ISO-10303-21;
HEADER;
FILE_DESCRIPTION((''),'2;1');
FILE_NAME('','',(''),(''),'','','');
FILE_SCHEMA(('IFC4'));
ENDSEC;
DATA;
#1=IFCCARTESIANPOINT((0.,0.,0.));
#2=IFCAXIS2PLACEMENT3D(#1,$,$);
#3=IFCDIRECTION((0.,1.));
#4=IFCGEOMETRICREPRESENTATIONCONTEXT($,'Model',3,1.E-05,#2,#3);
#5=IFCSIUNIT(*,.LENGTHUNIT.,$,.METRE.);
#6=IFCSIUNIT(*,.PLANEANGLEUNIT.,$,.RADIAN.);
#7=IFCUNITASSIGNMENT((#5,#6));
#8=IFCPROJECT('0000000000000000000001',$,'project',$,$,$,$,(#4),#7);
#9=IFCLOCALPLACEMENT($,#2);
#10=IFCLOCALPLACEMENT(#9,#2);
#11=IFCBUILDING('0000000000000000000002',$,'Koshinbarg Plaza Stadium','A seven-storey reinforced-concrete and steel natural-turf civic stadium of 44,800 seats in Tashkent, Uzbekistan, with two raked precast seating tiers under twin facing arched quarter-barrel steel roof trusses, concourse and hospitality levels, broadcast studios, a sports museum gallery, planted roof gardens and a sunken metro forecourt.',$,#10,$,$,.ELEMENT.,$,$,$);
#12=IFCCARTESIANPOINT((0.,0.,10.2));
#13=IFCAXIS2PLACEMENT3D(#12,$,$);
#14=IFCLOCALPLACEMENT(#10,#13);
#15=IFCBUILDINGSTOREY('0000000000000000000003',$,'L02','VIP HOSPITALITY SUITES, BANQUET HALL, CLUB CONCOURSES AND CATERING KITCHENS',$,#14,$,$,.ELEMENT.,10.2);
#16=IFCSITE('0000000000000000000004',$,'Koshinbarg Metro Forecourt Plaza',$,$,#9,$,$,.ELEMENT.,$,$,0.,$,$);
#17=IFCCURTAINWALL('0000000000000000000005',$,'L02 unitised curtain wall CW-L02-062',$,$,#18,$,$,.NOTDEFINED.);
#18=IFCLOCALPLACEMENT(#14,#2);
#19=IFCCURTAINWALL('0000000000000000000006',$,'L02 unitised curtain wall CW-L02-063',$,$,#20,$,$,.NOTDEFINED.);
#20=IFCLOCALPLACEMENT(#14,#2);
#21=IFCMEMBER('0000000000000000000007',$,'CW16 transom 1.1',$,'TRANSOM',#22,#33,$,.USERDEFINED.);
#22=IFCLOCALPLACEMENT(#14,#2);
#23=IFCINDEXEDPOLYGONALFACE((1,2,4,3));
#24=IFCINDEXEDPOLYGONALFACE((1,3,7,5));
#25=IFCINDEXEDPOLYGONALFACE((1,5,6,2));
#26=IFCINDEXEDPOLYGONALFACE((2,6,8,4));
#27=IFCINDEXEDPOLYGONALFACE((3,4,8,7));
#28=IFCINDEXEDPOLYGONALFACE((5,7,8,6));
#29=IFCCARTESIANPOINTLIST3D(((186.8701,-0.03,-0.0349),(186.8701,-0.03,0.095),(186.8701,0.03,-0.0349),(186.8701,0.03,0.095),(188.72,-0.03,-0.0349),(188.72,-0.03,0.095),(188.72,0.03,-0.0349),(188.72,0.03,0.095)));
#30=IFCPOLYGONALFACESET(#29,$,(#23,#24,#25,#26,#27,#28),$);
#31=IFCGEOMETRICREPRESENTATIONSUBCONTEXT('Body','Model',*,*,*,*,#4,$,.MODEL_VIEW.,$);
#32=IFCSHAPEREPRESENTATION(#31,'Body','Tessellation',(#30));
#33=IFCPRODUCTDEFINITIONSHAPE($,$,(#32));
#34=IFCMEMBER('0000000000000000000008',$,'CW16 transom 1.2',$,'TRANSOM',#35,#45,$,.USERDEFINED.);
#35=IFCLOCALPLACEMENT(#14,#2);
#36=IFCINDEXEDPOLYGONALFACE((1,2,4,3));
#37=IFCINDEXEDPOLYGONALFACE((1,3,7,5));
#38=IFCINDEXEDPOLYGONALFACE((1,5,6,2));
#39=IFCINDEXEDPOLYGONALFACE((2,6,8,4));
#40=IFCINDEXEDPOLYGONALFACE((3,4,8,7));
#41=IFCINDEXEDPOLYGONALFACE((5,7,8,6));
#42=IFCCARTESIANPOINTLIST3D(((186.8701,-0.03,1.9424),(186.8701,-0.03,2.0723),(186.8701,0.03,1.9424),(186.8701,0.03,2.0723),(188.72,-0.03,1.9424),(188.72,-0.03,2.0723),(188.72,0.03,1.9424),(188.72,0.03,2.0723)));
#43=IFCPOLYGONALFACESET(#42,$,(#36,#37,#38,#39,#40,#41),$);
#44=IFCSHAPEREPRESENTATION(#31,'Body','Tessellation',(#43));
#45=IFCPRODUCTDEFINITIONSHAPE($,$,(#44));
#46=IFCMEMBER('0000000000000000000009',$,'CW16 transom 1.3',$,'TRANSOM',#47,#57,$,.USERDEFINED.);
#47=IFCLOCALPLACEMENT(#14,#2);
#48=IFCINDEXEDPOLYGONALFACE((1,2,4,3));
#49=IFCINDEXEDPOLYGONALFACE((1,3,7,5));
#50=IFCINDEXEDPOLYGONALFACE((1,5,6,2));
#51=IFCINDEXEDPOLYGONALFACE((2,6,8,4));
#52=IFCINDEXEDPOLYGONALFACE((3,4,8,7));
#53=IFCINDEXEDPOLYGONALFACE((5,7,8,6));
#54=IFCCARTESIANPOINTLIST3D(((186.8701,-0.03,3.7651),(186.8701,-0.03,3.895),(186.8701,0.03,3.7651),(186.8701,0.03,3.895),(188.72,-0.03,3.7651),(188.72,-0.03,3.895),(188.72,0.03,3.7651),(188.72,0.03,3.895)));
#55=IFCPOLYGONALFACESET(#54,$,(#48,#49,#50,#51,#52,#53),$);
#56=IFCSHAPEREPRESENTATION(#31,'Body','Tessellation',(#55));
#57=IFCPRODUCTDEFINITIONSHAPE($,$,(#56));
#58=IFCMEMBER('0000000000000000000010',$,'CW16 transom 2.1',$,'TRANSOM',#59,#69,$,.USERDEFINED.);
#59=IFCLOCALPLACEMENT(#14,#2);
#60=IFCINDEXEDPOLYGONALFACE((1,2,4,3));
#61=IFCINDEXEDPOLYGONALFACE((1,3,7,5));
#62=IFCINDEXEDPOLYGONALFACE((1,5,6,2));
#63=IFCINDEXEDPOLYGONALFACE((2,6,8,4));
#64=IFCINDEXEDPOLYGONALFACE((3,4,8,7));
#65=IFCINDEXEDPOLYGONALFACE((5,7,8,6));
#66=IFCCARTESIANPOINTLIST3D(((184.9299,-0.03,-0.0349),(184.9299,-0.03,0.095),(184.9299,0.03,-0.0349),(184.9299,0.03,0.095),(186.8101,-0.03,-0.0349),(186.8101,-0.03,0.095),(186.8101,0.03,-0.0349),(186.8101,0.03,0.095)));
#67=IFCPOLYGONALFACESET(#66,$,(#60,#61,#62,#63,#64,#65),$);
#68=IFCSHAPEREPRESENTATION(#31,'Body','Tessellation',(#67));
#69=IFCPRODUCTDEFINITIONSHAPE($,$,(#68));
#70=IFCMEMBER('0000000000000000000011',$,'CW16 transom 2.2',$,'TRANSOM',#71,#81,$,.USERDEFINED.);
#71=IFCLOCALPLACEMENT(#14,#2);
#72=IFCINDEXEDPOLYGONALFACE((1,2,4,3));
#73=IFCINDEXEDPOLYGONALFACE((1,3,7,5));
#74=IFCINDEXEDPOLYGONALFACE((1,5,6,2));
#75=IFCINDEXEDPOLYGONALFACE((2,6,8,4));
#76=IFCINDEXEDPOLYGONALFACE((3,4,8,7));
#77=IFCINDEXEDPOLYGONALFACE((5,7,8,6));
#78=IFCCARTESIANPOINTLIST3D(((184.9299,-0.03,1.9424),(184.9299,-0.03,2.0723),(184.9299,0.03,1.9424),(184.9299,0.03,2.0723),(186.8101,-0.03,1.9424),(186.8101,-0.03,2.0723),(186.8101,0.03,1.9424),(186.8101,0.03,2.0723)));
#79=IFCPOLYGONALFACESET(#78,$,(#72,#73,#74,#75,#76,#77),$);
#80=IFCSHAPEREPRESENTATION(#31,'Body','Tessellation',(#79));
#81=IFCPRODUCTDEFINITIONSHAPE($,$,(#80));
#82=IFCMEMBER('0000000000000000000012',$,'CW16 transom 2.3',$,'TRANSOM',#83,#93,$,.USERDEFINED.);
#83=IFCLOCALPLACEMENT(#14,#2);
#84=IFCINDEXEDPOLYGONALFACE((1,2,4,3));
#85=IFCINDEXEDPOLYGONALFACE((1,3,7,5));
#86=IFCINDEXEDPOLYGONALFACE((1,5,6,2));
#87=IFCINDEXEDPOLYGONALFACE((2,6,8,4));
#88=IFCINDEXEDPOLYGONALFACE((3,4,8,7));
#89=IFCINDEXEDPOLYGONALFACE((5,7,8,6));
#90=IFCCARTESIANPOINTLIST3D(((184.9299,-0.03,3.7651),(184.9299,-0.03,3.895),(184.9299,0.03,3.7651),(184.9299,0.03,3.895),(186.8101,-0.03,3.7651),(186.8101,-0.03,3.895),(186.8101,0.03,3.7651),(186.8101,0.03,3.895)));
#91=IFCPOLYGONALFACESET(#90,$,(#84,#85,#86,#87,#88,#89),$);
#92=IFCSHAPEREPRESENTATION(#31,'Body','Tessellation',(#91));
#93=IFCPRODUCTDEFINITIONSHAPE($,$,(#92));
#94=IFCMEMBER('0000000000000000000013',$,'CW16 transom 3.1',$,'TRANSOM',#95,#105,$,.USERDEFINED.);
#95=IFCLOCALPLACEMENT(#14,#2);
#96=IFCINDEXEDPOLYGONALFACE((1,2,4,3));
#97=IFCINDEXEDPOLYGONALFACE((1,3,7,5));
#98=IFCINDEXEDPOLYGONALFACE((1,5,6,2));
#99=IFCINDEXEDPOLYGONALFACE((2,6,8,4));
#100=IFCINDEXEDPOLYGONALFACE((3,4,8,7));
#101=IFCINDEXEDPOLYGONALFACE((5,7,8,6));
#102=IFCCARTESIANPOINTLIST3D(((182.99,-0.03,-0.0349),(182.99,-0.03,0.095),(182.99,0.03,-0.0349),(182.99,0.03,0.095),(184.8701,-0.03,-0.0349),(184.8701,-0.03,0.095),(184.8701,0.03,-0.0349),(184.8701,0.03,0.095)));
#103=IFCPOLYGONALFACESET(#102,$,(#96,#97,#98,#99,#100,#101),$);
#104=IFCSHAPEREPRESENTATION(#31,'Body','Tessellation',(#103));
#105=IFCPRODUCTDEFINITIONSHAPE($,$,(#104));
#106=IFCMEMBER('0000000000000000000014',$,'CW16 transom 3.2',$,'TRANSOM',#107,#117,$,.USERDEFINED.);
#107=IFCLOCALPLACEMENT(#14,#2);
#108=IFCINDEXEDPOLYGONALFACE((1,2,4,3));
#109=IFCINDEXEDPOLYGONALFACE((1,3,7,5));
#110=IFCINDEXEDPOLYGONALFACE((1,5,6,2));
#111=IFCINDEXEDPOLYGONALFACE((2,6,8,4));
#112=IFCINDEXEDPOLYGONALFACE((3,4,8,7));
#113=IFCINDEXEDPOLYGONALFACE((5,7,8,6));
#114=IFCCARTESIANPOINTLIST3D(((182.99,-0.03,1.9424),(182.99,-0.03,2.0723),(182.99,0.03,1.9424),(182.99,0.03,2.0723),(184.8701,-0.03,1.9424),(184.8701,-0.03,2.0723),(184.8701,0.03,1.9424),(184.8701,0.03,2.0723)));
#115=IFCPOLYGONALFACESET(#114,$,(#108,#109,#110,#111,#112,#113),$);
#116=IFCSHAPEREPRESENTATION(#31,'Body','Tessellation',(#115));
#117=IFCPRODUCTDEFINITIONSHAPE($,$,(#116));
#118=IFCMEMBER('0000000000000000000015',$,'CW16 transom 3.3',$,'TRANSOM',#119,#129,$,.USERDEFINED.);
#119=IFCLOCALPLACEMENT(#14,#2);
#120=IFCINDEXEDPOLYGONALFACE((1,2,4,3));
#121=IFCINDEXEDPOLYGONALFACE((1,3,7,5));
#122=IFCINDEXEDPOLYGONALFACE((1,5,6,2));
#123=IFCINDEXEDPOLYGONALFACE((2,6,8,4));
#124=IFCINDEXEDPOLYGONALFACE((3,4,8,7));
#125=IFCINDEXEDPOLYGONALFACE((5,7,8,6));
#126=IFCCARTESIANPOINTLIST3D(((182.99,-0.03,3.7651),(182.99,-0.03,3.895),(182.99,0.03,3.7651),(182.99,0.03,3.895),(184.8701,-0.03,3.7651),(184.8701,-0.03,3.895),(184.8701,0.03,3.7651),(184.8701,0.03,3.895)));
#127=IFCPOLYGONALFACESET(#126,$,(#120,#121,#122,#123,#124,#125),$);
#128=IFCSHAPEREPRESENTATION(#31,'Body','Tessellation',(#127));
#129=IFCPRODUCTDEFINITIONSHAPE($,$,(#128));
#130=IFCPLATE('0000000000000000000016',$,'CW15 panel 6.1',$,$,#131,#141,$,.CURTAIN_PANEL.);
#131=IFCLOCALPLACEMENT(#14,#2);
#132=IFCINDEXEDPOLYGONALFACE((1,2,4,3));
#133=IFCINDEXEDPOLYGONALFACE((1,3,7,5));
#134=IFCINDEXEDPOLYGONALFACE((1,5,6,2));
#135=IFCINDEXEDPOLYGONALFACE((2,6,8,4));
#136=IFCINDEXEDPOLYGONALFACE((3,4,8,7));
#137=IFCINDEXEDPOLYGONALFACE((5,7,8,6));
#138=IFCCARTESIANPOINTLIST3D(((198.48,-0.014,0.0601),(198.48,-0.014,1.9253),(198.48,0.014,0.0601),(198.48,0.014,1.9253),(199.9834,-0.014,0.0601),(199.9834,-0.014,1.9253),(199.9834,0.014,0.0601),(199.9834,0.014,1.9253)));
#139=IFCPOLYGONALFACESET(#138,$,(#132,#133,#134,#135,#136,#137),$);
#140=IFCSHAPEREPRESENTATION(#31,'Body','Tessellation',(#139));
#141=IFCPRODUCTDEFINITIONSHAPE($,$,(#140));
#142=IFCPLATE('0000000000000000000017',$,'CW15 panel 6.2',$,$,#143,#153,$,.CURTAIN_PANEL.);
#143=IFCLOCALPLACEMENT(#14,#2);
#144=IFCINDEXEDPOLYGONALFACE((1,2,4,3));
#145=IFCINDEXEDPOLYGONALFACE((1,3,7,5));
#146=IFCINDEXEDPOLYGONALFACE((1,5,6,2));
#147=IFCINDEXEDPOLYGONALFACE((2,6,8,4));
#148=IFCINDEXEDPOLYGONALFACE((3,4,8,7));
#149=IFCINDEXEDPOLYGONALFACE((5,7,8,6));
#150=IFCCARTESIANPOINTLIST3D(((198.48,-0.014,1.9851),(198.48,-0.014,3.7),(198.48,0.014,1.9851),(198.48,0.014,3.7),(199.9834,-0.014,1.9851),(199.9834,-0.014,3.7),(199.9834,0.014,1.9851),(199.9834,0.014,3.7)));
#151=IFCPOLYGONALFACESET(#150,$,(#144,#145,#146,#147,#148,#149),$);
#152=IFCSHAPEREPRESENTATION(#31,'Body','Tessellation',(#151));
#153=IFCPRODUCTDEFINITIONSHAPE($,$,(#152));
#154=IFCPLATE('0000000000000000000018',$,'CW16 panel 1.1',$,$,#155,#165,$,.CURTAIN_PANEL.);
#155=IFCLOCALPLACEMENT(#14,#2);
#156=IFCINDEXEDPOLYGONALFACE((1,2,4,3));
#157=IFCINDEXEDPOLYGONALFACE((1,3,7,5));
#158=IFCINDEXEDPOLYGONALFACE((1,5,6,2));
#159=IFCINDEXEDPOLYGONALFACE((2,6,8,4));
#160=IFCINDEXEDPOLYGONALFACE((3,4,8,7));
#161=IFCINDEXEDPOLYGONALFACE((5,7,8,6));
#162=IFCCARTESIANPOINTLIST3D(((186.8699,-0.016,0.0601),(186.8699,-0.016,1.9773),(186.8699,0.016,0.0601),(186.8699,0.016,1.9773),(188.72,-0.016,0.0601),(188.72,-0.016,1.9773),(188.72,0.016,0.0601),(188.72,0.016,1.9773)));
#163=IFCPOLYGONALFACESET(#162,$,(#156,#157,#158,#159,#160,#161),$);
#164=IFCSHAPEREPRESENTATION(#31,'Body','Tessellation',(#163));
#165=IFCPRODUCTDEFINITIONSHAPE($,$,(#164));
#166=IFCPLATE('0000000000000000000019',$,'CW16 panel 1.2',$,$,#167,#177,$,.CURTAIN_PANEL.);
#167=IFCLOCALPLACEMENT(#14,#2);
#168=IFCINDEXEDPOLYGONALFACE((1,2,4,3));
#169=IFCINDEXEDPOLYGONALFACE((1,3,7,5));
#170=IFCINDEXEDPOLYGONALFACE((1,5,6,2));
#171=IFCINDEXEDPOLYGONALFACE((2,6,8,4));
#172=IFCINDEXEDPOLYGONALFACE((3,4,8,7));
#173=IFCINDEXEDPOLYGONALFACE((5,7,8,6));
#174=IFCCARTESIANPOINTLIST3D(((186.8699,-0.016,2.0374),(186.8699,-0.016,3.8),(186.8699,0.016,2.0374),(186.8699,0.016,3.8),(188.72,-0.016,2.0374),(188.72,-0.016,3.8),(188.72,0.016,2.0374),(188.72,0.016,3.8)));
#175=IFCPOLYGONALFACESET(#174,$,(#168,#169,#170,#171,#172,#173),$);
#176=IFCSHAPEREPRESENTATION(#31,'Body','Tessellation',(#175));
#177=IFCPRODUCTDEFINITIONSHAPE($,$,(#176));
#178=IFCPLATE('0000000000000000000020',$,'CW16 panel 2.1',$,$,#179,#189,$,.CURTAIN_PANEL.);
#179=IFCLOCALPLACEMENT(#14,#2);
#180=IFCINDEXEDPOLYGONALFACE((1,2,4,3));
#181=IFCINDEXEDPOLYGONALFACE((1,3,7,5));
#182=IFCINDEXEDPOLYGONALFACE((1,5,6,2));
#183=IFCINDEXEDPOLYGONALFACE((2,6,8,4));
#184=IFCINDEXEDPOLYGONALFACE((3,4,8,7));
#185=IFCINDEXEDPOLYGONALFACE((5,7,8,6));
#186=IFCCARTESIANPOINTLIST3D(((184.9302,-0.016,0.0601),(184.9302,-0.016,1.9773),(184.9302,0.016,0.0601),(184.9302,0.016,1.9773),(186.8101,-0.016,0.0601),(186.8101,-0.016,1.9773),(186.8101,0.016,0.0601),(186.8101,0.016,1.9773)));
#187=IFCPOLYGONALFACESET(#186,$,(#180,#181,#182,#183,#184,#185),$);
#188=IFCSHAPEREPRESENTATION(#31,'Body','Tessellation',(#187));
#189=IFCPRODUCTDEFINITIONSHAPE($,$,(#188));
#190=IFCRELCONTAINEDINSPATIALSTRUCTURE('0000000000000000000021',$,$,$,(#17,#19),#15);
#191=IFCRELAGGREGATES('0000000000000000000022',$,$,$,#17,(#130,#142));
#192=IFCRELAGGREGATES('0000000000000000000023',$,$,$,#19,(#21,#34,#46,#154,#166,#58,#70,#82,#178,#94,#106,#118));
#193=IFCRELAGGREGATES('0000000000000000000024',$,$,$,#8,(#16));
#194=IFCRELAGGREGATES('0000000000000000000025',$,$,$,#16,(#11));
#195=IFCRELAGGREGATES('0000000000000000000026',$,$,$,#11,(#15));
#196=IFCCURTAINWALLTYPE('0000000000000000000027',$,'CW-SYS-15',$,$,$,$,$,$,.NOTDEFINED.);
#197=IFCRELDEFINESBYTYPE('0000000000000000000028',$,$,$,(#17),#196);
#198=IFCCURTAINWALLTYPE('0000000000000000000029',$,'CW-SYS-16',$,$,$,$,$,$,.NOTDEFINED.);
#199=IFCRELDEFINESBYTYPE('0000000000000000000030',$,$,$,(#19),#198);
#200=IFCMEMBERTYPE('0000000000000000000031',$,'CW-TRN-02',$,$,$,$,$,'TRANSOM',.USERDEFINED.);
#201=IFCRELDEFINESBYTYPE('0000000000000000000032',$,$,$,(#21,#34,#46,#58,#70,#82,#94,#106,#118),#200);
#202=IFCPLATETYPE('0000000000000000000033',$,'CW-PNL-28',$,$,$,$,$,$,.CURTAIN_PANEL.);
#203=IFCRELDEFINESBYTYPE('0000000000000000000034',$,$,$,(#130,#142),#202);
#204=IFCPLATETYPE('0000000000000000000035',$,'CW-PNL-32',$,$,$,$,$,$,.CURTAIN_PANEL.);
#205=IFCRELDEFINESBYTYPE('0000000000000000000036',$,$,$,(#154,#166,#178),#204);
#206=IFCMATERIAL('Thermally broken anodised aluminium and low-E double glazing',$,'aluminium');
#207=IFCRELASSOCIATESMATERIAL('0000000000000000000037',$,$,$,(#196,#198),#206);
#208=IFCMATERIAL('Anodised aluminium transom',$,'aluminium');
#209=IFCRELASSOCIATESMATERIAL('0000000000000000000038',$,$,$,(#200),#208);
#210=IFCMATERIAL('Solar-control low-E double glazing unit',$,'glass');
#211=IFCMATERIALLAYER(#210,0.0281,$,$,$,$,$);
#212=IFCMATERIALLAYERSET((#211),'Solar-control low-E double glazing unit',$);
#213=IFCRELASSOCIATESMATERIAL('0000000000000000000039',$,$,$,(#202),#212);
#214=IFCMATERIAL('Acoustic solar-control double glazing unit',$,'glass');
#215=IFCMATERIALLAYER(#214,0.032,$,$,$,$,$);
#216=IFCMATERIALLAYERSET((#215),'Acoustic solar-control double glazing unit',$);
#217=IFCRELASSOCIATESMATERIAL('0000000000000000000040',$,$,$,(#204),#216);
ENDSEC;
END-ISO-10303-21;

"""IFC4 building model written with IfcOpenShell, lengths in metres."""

from ifc_helpers import new_model, si_unit, direction, frame, origin, origin_2d, place, context, subcontext, project, spatial, rectangle, extrude, material, layer, layer_set, material_profile, profile_set, type_object, element, aggregate, save


model = new_model("IFC4")

# Units and contexts
model_context = context("Model", 3, precision=1e-05, world=origin(), true_north=direction((0.0, 1.0)))
body_context = subcontext(model_context, "Body", "Model", "MODEL_VIEW")
ifc_project = project(units=[si_unit("LENGTHUNIT", "METRE"), si_unit("PLANEANGLEUNIT", "RADIAN")], contexts=[model_context])

# Site, building, storey
site_placement = place(None, origin())
site = spatial("IfcSite", under=ifc_project, at=site_placement, Name="Koshinbarg Metro Forecourt Plaza", CompositionType="ELEMENT", RefElevation=0.0)
building_placement = place(site_placement, origin())
building = spatial("IfcBuilding", under=site, at=building_placement, Name="Koshinbarg Plaza Stadium", Description="A seven-storey reinforced-concrete and steel natural-turf civic stadium of 44,800 seats in Tashkent, Uzbekistan, with two raked precast seating tiers under twin facing arched quarter-barrel steel roof trusses, concourse and hospitality levels, broadcast studios, a sports museum gallery, planted roof gardens and a sunken metro forecourt.", CompositionType="ELEMENT")
storey_placement = place(building_placement, frame((0.0, 0.0, 10.2)))
storey = spatial("IfcBuildingStorey", under=building, at=storey_placement, Name="L02", Description="VIP HOSPITALITY SUITES, BANQUET HALL, CLUB CONCOURSES AND CATERING KITCHENS", CompositionType="ELEMENT", Elevation=10.2)

# Curtain walls
ifc_material_1 = material(Name="Thermally broken anodised aluminium and low-E double glazing", Category="aluminium")
curtain_wall_type_1 = type_object("IfcCurtainWallType", Name="CW-SYS-15", PredefinedType="NOTDEFINED", material=ifc_material_1)
curtain_wall_1_placement = place(storey_placement, origin())
curtain_wall_1 = element("IfcCurtainWall", 1, at=curtain_wall_1_placement, inside=storey, type_object=curtain_wall_type_1, Name="L02 unitised curtain wall CW-L02-062", PredefinedType="NOTDEFINED")
curtain_wall_type_2 = type_object("IfcCurtainWallType", Name="CW-SYS-16", PredefinedType="NOTDEFINED", material=ifc_material_1)
curtain_wall_2_placement = place(storey_placement, origin())
curtain_wall_2 = element("IfcCurtainWall", 2, at=curtain_wall_2_placement, inside=storey, type_object=curtain_wall_type_2, Name="L02 unitised curtain wall CW-L02-063", PredefinedType="NOTDEFINED")

# Members
ifc_material_2 = material(Name="Anodised aluminium transom", Category="aluminium")
ifc_material_profile_1 = material_profile(ifc_material_2, rectangle(XDim=0.0601, YDim=0.1299, at=origin_2d()), Name="ALU 60x130")
ifc_profile_set_1 = profile_set([ifc_material_profile_1], Name="Anodised aluminium transom")
member_type_1 = type_object("IfcMemberType", Name="CW-TRN-02", ElementType="TRANSOM", PredefinedType="USERDEFINED", material=ifc_profile_set_1)
member_1_placement = place(storey_placement, frame((188.72, 0.0, 0.03), z_axis=(-1.0, 0.0, 0.0), x_axis=(0.0, -1.0, 0.0)))
member_1 = element("IfcMember", 3, at=member_1_placement, type_object=member_type_1, Name="CW16 transom 1.1", ObjectType="TRANSOM", PredefinedType="USERDEFINED", context=body_context, shape_type="SweptSolid", body=[
    extrude(rectangle(XDim=0.0601, YDim=0.1299, at=origin_2d()), origin(), (0.0, 0.0, 1.0), 1.8499),
])
member_2_placement = place(storey_placement, frame((188.72, 0.0, 2.0073), z_axis=(-1.0, 0.0, 0.0), x_axis=(0.0, -1.0, 0.0)))
member_2 = element("IfcMember", 4, at=member_2_placement, type_object=member_type_1, Name="CW16 transom 1.2", ObjectType="TRANSOM", PredefinedType="USERDEFINED", context=body_context, shape_type="SweptSolid", body=[
    extrude(rectangle(XDim=0.0601, YDim=0.1299, at=origin_2d()), origin(), (0.0, 0.0, 1.0), 1.8499),
])
member_3_placement = place(storey_placement, frame((188.72, 0.0, 3.8301), z_axis=(-1.0, 0.0, 0.0), x_axis=(0.0, -1.0, 0.0)))
member_3 = element("IfcMember", 5, at=member_3_placement, type_object=member_type_1, Name="CW16 transom 1.3", ObjectType="TRANSOM", PredefinedType="USERDEFINED", context=body_context, shape_type="SweptSolid", body=[
    extrude(rectangle(XDim=0.0601, YDim=0.1299, at=origin_2d()), origin(), (0.0, 0.0, 1.0), 1.8499),
])
member_4_placement = place(storey_placement, frame((186.8101, 0.0, 0.03), z_axis=(-1.0, 0.0, 0.0), x_axis=(0.0, -1.0, 0.0)))
member_4 = element("IfcMember", 6, at=member_4_placement, type_object=member_type_1, Name="CW16 transom 2.1", ObjectType="TRANSOM", PredefinedType="USERDEFINED", context=body_context, shape_type="SweptSolid", body=[
    extrude(rectangle(XDim=0.0601, YDim=0.1299, at=origin_2d()), origin(), (0.0, 0.0, 1.0), 1.8801),
])
member_5_placement = place(storey_placement, frame((186.8101, 0.0, 2.0073), z_axis=(-1.0, 0.0, 0.0), x_axis=(0.0, -1.0, 0.0)))
member_5 = element("IfcMember", 7, at=member_5_placement, type_object=member_type_1, Name="CW16 transom 2.2", ObjectType="TRANSOM", PredefinedType="USERDEFINED", context=body_context, shape_type="SweptSolid", body=[
    extrude(rectangle(XDim=0.0601, YDim=0.1299, at=origin_2d()), origin(), (0.0, 0.0, 1.0), 1.8801),
])
member_6_placement = place(storey_placement, frame((186.8101, 0.0, 3.8301), z_axis=(-1.0, 0.0, 0.0), x_axis=(0.0, -1.0, 0.0)))
member_6 = element("IfcMember", 8, at=member_6_placement, type_object=member_type_1, Name="CW16 transom 2.3", ObjectType="TRANSOM", PredefinedType="USERDEFINED", context=body_context, shape_type="SweptSolid", body=[
    extrude(rectangle(XDim=0.0601, YDim=0.1299, at=origin_2d()), origin(), (0.0, 0.0, 1.0), 1.8801),
])
member_7_placement = place(storey_placement, frame((184.8701, 0.0, 0.03), z_axis=(-1.0, 0.0, 0.0), x_axis=(0.0, -1.0, 0.0)))
member_7 = element("IfcMember", 9, at=member_7_placement, type_object=member_type_1, Name="CW16 transom 3.1", ObjectType="TRANSOM", PredefinedType="USERDEFINED", context=body_context, shape_type="SweptSolid", body=[
    extrude(rectangle(XDim=0.0601, YDim=0.1299, at=origin_2d()), origin(), (0.0, 0.0, 1.0), 1.8801),
])
member_8_placement = place(storey_placement, frame((184.8701, 0.0, 2.0073), z_axis=(-1.0, 0.0, 0.0), x_axis=(0.0, -1.0, 0.0)))
member_8 = element("IfcMember", 10, at=member_8_placement, type_object=member_type_1, Name="CW16 transom 3.2", ObjectType="TRANSOM", PredefinedType="USERDEFINED", context=body_context, shape_type="SweptSolid", body=[
    extrude(rectangle(XDim=0.0601, YDim=0.1299, at=origin_2d()), origin(), (0.0, 0.0, 1.0), 1.8801),
])
member_9_placement = place(storey_placement, frame((184.8701, 0.0, 3.8301), z_axis=(-1.0, 0.0, 0.0), x_axis=(0.0, -1.0, 0.0)))
member_9 = element("IfcMember", 11, at=member_9_placement, type_object=member_type_1, Name="CW16 transom 3.3", ObjectType="TRANSOM", PredefinedType="USERDEFINED", context=body_context, shape_type="SweptSolid", body=[
    extrude(rectangle(XDim=0.0601, YDim=0.1299, at=origin_2d()), origin(), (0.0, 0.0, 1.0), 1.8801),
])

# Plates
ifc_material_3 = material(Name="Solar-control low-E double glazing unit", Category="glass")
ifc_layer_1 = layer(ifc_material_3, 0.0281)
ifc_layer_set_1 = layer_set([ifc_layer_1], Name="Solar-control low-E double glazing unit")
plate_type_1 = type_object("IfcPlateType", Name="CW-PNL-28", PredefinedType="CURTAIN_PANEL", material=ifc_layer_set_1)
plate_1_placement = place(storey_placement, frame((199.2317, 0.0, 0.0601), z_axis=(0.0, 0.0, 1.0), x_axis=(-1.0, 0.0, 0.0)))
plate_1 = element("IfcPlate", 12, at=plate_1_placement, type_object=plate_type_1, Name="CW15 panel 6.1", PredefinedType="CURTAIN_PANEL", context=body_context, shape_type="SweptSolid", body=[
    extrude(rectangle(XDim=1.5034, YDim=0.0281, at=origin_2d()), origin(), (0.0, 0.0, 1.0), 1.8652),
])
plate_2_placement = place(storey_placement, frame((199.2317, 0.0, 1.9851), z_axis=(0.0, 0.0, 1.0), x_axis=(-1.0, 0.0, 0.0)))
plate_2 = element("IfcPlate", 13, at=plate_2_placement, type_object=plate_type_1, Name="CW15 panel 6.2", PredefinedType="CURTAIN_PANEL", context=body_context, shape_type="SweptSolid", body=[
    extrude(rectangle(XDim=1.5034, YDim=0.0281, at=origin_2d()), origin(), (0.0, 0.0, 1.0), 1.7148),
])
aggregate(curtain_wall_1, [plate_1, plate_2])
ifc_material_4 = material(Name="Acoustic solar-control double glazing unit", Category="glass")
ifc_layer_2 = layer(ifc_material_4, 0.032)
ifc_layer_set_2 = layer_set([ifc_layer_2], Name="Acoustic solar-control double glazing unit")
plate_type_2 = type_object("IfcPlateType", Name="CW-PNL-32", PredefinedType="CURTAIN_PANEL", material=ifc_layer_set_2)
plate_3_placement = place(storey_placement, frame((187.7949, 0.0, 0.0601), z_axis=(0.0, 0.0, 1.0), x_axis=(-1.0, 0.0, 0.0)))
plate_3 = element("IfcPlate", 14, at=plate_3_placement, type_object=plate_type_2, Name="CW16 panel 1.1", PredefinedType="CURTAIN_PANEL", context=body_context, shape_type="SweptSolid", body=[
    extrude(rectangle(XDim=1.8501, YDim=0.032, at=origin_2d()), origin(), (0.0, 0.0, 1.0), 1.9172),
])
plate_4_placement = place(storey_placement, frame((187.7949, 0.0, 2.0374), z_axis=(0.0, 0.0, 1.0), x_axis=(-1.0, 0.0, 0.0)))
plate_4 = element("IfcPlate", 15, at=plate_4_placement, type_object=plate_type_2, Name="CW16 panel 1.2", PredefinedType="CURTAIN_PANEL", context=body_context, shape_type="SweptSolid", body=[
    extrude(rectangle(XDim=1.8501, YDim=0.032, at=origin_2d()), origin(), (0.0, 0.0, 1.0), 1.7627),
])
plate_5_placement = place(storey_placement, frame((185.8701, 0.0, 0.0601), z_axis=(0.0, 0.0, 1.0), x_axis=(-1.0, 0.0, 0.0)))
plate_5 = element("IfcPlate", 16, at=plate_5_placement, type_object=plate_type_2, Name="CW16 panel 2.1", PredefinedType="CURTAIN_PANEL", context=body_context, shape_type="SweptSolid", body=[
    extrude(rectangle(XDim=1.8799, YDim=0.032, at=origin_2d()), origin(), (0.0, 0.0, 1.0), 1.9172),
])
aggregate(curtain_wall_2, [member_1, member_2, member_3, plate_3, plate_4, member_4, member_5, member_6, plate_5, member_7, member_8, member_9])

save(model, "model.ifc")
